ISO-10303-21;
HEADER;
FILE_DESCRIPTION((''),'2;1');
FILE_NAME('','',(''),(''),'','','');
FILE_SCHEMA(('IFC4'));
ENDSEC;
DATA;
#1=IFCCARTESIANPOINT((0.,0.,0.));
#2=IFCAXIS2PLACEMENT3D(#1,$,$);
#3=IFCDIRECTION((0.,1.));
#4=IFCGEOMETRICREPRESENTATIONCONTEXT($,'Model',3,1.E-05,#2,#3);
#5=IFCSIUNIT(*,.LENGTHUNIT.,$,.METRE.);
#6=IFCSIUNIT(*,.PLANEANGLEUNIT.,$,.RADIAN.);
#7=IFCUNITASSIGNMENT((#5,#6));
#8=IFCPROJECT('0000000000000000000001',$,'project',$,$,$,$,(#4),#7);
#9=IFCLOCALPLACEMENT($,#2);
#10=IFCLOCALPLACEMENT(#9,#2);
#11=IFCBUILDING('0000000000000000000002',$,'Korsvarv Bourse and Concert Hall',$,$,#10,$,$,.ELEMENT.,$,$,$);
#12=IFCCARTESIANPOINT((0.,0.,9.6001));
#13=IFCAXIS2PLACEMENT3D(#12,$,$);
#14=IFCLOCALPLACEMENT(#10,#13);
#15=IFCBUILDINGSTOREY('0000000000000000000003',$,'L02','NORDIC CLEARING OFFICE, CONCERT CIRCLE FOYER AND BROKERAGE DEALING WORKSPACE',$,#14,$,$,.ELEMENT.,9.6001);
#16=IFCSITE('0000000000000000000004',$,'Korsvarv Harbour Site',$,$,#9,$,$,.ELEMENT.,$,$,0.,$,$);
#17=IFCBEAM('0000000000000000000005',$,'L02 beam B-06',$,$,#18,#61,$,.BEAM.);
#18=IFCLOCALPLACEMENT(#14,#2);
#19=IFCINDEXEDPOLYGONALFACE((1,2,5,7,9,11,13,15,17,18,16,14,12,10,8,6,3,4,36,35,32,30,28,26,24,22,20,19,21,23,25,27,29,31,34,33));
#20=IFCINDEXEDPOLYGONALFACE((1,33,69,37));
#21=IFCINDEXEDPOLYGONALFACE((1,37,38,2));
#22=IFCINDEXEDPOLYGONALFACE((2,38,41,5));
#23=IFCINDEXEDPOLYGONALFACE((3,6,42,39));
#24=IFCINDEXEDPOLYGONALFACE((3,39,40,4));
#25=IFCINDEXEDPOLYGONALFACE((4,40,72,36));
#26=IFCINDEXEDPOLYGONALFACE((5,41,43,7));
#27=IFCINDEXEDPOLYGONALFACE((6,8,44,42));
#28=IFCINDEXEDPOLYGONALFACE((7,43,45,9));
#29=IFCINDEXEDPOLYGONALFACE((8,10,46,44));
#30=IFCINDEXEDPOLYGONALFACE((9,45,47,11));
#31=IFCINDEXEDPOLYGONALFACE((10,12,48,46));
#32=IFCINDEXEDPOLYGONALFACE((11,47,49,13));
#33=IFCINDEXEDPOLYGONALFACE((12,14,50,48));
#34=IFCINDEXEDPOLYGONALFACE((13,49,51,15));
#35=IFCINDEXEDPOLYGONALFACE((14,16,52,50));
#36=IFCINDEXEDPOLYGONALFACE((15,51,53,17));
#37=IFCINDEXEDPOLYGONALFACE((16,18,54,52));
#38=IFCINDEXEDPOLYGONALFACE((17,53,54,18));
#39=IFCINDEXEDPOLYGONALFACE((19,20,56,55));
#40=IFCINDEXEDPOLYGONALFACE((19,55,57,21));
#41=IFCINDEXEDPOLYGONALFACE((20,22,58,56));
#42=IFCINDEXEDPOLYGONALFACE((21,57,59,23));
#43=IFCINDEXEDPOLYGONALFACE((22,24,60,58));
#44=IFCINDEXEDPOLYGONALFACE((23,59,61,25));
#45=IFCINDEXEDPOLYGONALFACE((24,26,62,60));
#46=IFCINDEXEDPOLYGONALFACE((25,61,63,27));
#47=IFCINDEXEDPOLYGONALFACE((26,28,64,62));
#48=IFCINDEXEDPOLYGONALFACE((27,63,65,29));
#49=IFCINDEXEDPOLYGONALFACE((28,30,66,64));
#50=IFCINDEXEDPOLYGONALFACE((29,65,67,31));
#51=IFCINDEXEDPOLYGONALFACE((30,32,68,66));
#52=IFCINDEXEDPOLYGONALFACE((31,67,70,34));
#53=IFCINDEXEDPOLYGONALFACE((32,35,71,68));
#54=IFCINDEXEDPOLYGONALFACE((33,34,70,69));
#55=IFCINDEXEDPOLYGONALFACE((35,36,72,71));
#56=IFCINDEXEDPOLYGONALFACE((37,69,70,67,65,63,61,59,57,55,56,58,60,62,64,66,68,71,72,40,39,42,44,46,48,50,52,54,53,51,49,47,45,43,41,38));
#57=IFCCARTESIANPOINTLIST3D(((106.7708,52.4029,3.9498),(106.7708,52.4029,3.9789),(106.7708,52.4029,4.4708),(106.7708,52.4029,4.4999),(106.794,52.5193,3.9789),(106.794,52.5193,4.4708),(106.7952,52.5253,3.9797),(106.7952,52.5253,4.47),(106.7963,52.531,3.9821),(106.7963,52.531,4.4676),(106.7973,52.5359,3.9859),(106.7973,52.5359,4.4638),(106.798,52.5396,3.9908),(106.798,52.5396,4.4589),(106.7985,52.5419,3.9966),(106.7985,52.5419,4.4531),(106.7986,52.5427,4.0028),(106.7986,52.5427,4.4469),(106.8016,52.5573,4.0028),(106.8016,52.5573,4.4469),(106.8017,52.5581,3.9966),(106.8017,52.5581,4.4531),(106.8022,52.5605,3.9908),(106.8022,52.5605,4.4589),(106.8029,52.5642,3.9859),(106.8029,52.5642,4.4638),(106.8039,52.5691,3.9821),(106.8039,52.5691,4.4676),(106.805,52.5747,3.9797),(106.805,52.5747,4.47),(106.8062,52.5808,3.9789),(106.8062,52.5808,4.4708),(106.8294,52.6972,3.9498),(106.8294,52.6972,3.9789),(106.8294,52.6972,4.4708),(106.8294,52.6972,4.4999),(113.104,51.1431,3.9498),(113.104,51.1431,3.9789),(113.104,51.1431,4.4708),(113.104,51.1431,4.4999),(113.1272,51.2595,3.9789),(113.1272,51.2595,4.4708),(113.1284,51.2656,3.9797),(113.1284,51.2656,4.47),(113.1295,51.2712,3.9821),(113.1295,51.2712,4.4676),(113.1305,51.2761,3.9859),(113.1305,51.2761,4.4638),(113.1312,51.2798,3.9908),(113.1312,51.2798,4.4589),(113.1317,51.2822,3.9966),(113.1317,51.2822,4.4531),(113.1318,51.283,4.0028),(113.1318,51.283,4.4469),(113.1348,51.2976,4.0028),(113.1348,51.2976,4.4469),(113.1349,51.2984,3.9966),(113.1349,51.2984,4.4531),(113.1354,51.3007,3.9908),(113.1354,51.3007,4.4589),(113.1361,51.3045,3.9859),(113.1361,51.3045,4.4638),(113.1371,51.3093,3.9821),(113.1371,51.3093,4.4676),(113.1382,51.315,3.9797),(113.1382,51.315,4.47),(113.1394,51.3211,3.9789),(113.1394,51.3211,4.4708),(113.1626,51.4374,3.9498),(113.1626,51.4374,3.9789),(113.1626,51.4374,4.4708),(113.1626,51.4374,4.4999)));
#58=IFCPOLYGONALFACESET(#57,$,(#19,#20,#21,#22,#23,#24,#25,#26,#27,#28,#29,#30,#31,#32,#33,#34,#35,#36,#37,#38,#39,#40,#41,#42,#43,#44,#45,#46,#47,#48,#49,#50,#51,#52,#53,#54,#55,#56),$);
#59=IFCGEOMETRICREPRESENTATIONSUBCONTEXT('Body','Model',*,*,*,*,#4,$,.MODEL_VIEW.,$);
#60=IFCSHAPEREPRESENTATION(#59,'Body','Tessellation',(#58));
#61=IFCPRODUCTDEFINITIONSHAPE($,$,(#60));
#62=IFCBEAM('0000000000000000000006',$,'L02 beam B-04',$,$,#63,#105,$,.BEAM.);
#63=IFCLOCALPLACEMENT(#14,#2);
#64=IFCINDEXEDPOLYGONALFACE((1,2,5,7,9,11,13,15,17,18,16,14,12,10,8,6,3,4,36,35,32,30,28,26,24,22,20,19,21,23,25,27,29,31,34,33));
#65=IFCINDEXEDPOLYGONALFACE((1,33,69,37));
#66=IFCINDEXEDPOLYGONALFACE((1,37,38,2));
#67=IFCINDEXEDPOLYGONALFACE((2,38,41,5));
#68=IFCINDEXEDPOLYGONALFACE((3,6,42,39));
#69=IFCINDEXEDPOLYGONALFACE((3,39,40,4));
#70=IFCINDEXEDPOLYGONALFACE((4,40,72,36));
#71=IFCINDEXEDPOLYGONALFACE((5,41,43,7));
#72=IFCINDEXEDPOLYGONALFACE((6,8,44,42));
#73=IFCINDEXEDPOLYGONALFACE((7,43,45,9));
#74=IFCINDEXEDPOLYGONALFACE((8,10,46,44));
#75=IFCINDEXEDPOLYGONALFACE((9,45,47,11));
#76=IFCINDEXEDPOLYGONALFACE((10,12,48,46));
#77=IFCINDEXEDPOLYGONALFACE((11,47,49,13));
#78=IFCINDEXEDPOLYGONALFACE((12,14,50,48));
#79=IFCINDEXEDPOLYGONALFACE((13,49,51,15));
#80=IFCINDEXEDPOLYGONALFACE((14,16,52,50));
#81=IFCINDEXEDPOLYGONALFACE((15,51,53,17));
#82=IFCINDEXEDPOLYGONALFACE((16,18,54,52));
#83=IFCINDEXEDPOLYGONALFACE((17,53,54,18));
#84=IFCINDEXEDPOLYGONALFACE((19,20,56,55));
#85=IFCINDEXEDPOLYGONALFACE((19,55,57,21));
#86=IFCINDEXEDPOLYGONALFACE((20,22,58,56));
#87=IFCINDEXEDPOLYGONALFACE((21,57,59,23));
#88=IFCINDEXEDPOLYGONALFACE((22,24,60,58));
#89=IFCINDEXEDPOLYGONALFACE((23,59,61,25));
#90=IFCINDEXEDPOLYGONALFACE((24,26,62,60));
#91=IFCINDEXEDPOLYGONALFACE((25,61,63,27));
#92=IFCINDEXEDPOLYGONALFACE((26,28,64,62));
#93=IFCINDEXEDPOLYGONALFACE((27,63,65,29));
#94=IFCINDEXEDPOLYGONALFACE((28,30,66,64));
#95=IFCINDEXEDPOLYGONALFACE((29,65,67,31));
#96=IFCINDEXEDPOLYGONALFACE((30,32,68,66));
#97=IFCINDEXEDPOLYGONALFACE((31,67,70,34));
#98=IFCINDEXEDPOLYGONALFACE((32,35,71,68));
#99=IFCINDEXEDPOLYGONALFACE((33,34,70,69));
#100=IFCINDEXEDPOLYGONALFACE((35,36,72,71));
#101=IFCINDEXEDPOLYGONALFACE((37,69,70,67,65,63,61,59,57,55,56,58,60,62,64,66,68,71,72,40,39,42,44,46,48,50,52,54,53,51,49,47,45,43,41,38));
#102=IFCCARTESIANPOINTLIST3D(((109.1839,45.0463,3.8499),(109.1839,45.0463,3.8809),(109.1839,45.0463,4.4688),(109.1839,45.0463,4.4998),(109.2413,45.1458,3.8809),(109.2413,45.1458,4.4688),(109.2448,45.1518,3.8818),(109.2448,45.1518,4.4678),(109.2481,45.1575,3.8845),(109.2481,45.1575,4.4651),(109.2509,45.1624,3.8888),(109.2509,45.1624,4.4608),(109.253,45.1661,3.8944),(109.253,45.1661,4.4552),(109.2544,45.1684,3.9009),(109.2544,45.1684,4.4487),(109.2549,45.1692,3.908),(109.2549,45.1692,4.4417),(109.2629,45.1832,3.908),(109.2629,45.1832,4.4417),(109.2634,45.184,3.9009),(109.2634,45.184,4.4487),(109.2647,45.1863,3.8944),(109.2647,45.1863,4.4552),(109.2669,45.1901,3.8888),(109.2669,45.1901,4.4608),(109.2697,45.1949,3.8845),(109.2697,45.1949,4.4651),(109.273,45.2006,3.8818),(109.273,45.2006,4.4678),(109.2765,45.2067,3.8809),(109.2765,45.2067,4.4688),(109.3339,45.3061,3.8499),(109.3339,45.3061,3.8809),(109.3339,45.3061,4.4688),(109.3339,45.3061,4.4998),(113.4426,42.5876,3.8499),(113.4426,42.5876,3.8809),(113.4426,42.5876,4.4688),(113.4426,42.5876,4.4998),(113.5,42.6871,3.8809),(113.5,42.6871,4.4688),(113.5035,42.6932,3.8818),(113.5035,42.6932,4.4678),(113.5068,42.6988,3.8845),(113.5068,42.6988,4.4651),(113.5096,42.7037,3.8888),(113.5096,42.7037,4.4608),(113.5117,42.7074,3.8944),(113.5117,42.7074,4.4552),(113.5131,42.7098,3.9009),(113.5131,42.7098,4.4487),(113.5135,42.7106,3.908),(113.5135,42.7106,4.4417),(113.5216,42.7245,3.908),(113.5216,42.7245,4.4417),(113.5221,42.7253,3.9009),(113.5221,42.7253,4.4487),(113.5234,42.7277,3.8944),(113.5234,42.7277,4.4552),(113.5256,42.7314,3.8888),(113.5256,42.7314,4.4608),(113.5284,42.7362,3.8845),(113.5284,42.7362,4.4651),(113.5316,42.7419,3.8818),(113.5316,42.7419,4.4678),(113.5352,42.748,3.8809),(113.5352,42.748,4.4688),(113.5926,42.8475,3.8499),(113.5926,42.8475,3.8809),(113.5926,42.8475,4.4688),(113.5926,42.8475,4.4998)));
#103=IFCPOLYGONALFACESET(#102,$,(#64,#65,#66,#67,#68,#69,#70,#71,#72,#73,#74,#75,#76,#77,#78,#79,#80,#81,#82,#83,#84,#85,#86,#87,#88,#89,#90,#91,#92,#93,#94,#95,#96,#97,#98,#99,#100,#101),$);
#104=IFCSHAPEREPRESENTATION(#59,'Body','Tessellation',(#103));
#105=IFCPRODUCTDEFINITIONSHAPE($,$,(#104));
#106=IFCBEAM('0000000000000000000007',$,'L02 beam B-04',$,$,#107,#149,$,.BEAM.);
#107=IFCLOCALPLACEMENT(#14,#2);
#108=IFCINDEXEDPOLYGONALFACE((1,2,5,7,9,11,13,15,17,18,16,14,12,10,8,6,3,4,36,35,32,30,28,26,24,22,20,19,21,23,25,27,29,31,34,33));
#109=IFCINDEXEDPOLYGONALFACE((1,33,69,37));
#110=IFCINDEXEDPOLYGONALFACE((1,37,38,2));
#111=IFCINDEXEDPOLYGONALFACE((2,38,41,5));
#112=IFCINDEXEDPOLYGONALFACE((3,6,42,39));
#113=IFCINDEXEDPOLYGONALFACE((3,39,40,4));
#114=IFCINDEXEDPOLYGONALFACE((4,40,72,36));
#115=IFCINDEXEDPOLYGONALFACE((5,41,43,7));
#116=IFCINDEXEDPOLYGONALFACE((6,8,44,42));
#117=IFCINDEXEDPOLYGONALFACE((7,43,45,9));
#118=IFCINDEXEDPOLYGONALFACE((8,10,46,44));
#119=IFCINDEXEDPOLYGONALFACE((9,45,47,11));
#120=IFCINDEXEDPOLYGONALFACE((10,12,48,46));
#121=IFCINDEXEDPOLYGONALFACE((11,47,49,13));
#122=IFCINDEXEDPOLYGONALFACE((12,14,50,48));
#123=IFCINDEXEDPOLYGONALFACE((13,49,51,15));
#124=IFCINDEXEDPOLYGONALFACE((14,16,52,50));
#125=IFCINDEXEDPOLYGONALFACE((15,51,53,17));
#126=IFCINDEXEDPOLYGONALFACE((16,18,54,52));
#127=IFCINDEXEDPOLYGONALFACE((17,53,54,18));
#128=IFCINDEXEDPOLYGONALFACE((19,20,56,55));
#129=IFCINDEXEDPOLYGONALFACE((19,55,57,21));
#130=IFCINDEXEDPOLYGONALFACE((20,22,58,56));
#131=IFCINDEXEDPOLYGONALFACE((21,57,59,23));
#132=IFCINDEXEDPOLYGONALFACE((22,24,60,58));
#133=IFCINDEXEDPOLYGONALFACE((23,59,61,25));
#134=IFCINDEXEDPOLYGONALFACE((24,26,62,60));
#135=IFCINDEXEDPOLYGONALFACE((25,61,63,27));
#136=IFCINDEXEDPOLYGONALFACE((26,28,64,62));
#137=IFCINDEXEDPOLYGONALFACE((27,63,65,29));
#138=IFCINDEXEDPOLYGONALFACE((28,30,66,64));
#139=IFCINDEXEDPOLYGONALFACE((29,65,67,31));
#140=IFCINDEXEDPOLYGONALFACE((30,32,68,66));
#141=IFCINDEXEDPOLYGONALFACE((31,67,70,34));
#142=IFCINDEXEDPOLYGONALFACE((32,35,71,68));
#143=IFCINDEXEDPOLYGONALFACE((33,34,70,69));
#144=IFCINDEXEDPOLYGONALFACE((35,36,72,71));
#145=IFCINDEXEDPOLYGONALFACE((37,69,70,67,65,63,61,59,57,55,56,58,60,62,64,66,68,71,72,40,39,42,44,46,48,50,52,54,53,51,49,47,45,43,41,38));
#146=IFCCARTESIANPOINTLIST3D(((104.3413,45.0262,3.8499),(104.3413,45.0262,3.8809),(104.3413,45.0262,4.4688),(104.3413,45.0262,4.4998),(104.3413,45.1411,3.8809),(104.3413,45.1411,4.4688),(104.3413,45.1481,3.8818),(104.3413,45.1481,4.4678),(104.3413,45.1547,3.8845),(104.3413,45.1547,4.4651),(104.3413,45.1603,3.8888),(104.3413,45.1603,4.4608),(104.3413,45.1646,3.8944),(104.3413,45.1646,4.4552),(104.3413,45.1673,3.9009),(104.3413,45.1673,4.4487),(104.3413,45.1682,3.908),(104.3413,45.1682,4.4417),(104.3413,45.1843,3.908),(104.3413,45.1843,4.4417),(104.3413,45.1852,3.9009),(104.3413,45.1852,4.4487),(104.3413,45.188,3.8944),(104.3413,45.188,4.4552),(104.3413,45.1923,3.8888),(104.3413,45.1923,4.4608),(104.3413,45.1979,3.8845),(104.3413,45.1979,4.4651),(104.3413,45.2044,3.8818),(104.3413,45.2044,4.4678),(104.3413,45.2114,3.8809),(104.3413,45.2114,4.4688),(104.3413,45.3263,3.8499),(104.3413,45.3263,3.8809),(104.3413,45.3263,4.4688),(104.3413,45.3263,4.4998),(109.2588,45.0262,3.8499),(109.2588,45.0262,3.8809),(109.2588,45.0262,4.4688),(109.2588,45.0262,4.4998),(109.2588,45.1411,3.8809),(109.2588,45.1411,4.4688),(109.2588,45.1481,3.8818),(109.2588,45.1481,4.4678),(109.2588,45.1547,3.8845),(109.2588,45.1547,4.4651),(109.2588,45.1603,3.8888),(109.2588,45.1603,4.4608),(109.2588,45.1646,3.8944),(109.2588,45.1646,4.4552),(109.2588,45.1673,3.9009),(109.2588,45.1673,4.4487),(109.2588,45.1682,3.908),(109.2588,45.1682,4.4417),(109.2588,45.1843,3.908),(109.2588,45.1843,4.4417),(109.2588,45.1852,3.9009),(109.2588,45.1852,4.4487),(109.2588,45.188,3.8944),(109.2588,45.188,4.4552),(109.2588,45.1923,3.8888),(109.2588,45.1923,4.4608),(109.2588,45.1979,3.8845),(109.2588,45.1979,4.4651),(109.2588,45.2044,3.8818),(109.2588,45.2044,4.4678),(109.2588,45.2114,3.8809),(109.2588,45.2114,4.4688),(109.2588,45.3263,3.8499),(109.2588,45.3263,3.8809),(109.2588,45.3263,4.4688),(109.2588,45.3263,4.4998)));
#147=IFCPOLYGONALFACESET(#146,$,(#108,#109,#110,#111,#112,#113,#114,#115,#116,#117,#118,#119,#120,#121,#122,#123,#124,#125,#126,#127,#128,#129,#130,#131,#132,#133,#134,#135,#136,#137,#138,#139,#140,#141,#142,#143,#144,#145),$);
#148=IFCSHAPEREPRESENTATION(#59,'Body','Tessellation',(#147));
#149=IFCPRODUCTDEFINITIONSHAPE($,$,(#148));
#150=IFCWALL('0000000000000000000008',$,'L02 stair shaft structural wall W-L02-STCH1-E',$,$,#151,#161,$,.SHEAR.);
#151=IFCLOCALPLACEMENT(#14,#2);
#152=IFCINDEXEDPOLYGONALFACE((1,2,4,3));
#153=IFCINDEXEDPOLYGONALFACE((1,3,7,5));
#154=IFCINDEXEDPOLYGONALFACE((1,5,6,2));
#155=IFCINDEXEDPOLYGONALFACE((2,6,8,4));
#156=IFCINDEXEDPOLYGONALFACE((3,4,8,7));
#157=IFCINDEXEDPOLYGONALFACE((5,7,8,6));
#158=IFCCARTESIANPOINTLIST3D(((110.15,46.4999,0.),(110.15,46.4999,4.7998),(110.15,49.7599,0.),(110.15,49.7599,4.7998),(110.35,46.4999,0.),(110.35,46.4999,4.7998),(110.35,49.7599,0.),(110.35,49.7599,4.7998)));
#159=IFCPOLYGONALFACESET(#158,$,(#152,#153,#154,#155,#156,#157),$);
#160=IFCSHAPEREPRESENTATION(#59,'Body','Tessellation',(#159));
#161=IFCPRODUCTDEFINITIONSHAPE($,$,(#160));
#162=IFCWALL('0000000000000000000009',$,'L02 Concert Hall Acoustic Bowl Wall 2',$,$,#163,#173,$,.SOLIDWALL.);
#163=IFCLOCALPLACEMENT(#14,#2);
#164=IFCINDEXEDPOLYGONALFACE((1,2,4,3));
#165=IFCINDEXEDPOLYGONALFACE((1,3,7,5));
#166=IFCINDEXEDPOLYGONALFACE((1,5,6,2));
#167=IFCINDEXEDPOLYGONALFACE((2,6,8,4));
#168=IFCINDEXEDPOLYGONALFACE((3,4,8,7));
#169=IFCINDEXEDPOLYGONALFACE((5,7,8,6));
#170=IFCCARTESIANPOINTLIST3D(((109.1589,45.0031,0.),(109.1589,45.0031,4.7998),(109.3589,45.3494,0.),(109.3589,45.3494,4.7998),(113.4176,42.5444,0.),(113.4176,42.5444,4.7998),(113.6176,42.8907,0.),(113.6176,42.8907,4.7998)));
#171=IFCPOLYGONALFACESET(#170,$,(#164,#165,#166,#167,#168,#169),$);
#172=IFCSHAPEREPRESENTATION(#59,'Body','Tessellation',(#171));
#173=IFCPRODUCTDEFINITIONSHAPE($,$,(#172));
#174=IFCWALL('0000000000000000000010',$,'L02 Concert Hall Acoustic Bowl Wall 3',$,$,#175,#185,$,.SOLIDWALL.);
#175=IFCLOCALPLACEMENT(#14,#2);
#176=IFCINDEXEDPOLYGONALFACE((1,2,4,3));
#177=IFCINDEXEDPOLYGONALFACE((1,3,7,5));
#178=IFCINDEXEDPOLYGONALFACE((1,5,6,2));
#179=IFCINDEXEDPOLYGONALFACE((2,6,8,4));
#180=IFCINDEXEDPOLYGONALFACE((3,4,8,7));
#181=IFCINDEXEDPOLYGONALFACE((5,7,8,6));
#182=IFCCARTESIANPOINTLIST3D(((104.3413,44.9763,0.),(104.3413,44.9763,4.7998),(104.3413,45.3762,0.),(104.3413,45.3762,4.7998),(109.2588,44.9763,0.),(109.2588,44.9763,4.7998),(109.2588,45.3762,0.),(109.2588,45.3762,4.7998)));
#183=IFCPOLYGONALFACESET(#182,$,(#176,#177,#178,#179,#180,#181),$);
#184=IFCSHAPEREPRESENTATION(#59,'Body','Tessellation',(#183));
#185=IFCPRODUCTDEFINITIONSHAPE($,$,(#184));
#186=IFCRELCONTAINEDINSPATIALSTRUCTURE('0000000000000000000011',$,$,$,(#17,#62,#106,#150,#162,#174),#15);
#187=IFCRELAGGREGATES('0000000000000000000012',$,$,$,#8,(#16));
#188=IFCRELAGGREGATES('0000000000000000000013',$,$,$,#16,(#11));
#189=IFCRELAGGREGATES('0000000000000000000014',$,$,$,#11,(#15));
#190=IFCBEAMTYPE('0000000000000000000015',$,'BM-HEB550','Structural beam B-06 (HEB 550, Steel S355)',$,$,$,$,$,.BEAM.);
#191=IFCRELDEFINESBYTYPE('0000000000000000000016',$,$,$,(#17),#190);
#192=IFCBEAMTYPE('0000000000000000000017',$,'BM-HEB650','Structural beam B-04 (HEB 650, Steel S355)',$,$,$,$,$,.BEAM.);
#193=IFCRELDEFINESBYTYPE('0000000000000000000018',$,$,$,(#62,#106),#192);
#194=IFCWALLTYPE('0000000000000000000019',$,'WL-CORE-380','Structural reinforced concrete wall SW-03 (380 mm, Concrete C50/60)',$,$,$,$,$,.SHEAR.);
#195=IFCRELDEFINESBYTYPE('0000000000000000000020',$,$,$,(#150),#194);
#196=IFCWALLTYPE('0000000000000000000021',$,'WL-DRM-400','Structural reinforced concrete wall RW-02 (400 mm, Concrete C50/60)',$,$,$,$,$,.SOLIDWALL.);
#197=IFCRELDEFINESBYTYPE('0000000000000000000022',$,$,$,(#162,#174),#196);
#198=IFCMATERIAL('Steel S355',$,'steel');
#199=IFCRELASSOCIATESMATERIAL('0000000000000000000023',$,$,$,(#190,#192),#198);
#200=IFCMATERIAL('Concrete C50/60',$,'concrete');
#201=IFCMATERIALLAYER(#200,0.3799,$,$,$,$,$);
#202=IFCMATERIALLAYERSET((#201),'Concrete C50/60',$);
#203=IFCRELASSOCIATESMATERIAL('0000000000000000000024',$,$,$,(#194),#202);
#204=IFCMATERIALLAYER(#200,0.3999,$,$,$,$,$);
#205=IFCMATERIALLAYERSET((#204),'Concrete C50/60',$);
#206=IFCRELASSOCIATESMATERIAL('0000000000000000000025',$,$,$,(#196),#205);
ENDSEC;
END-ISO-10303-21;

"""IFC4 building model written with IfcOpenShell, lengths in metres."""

from ifc_helpers import new_model, si_unit, direction, frame, frame_2d, origin, origin_2d, place, context, subcontext, project, spatial, rectangle, i_section, extrude, source, transform, mapped, material, layer, layer_set, material_profile, profile_set, type_object, element, save


model = new_model("IFC4")

# Units and contexts
model_context = context("Model", 3, precision=1e-05, world=origin(), true_north=direction((0.0, 1.0)))
body_context = subcontext(model_context, "Body", "Model", "MODEL_VIEW")
ifc_project = project(units=[si_unit("LENGTHUNIT", "METRE"), si_unit("PLANEANGLEUNIT", "RADIAN")], contexts=[model_context])

# Site, building, storey
site_placement = place(None, origin())
site = spatial("IfcSite", under=ifc_project, at=site_placement, Name="Korsvarv Harbour Site", CompositionType="ELEMENT", RefElevation=0.0)
building_placement = place(site_placement, origin())
building = spatial("IfcBuilding", under=site, at=building_placement, Name="Korsvarv Bourse and Concert Hall", CompositionType="ELEMENT")
storey_placement = place(building_placement, frame((0.0, 0.0, 9.6001)))
storey = spatial("IfcBuildingStorey", under=building, at=storey_placement, Name="L02", Description="NORDIC CLEARING OFFICE, CONCERT CIRCLE FOYER AND BROKERAGE DEALING WORKSPACE", CompositionType="ELEMENT", Elevation=9.6001)

# Shared definitions
ifc_material_1 = material(Name="Concrete C50/60", Category="concrete")

# Beams
ifc_material_2 = material(Name="Steel S355", Category="steel")
ifc_material_profile_1 = material_profile(ifc_material_2, i_section(OverallWidth=0.3, OverallDepth=0.55, WebThickness=0.0149, FlangeThickness=0.0291, FilletRadius=0.0239, at=origin_2d()), Name="HEB 550")
ifc_profile_set_1 = profile_set([ifc_material_profile_1], Name="Steel S355")
beam_type_1 = type_object("IfcBeamType", Name="BM-HEB550", Description="Structural beam B-06 (HEB 550, Steel S355)", PredefinedType="BEAM", material=ifc_profile_set_1)
shared_shape_1 = source(origin(), body_context, "Body", "SweptSolid", [
    extrude(i_section(OverallWidth=0.3, OverallDepth=0.55, WebThickness=0.0149, FlangeThickness=0.0291, FilletRadius=0.0239, at=origin_2d()), origin(), (0.0, 0.0, 1.0), 6.4573),
])
beam_1_placement = place(storey_placement, frame((113.1333, 51.2903, 4.2249), z_axis=(-0.980785, 0.195091, 0.0), x_axis=(-0.195091, -0.980785, 0.0)))
element("IfcBeam", 1, at=beam_1_placement, inside=storey, type_object=beam_type_1, Name="L02 beam B-06", PredefinedType="BEAM", context=body_context, shape_type="MappedRepresentation", body=[
    mapped(shared_shape_1, transform((0.0, 0.0, 0.0), scale=1.0)),
])
ifc_material_profile_2 = material_profile(ifc_material_2, i_section(OverallWidth=0.3, OverallDepth=0.6499, WebThickness=0.0161, FlangeThickness=0.031, FilletRadius=0.0271, at=origin_2d()), Name="HEB 650")
ifc_profile_set_2 = profile_set([ifc_material_profile_2], Name="Steel S355")
beam_type_2 = type_object("IfcBeamType", Name="BM-HEB650", Description="Structural beam B-04 (HEB 650, Steel S355)", PredefinedType="BEAM", material=ifc_profile_set_2)
shared_shape_2 = source(origin(), body_context, "Body", "SweptSolid", [
    extrude(i_section(OverallWidth=0.3, OverallDepth=0.6499, WebThickness=0.0161, FlangeThickness=0.031, FilletRadius=0.0271, at=origin_2d()), origin(), (0.0, 0.0, 1.0), 4.9175),
])
for number, where, z_axis, x_axis, name in (
    (2, (113.5176, 42.7175, 4.1748), (-0.866032, 0.499989, 0.0), (-0.499989, -0.866032, 0.0), "L02 beam B-04"),
    (3, (109.2588, 45.1763, 4.1748), (-1.0, 0.0, 0.0), (0.0, -1.0, 0.0), "L02 beam B-04"),
):
    element("IfcBeam", number, at=place(storey_placement, frame(where, z_axis=z_axis, x_axis=x_axis)), inside=storey, type_object=beam_type_2, Name=name, PredefinedType="BEAM", context=body_context, shape_type="MappedRepresentation", body=[
        mapped(shared_shape_2, transform((0.0, 0.0, 0.0), scale=1.0)),
    ])

# Walls
ifc_layer_1 = layer(ifc_material_1, 0.3799)
ifc_layer_set_1 = layer_set([ifc_layer_1], Name="Concrete C50/60")
wall_type_1 = type_object("IfcWallType", Name="WL-CORE-380", Description="Structural reinforced concrete wall SW-03 (380 mm, Concrete C50/60)", PredefinedType="SHEAR", material=ifc_layer_set_1)
wall_1_placement = place(storey_placement, frame((110.25, 46.5, 0.0), z_axis=(0.0, 0.0, 1.0), x_axis=(0.0, 1.0, 0.0)))
element("IfcWall", 4, at=wall_1_placement, inside=storey, type_object=wall_type_1, Name="L02 stair shaft structural wall W-L02-STCH1-E", PredefinedType="SHEAR", context=body_context, shape_type="SweptSolid", body=[
    extrude(rectangle(XDim=3.26, YDim=0.2, at=frame_2d((1.6299, 0.0))), origin(), (0.0, 0.0, 1.0), 4.7998),
])
ifc_layer_2 = layer(ifc_material_1, 0.3999)
ifc_layer_set_2 = layer_set([ifc_layer_2], Name="Concrete C50/60")
wall_type_2 = type_object("IfcWallType", Name="WL-DRM-400", Description="Structural reinforced concrete wall RW-02 (400 mm, Concrete C50/60)", PredefinedType="SOLIDWALL", material=ifc_layer_set_2)
for number, where, z_axis, x_axis, name in (
    (5, (113.5176, 42.7175, 0.0), (0.0, 0.0, 1.0), (-0.866032, 0.499989, 0.0), "L02 Concert Hall Acoustic Bowl Wall 2"),
    (6, (109.2588, 45.1763, 0.0), (0.0, 0.0, 1.0), (-1.0, 0.0, 0.0), "L02 Concert Hall Acoustic Bowl Wall 3"),
):
    element("IfcWall", number, at=place(storey_placement, frame(where, z_axis=z_axis, x_axis=x_axis)), inside=storey, type_object=wall_type_2, Name=name, PredefinedType="SOLIDWALL", context=body_context, shape_type="SweptSolid", body=[
        extrude(rectangle(XDim=4.9175, YDim=0.3999, at=frame_2d((2.4587, 0.0))), origin(), (0.0, 0.0, 1.0), 4.7998),
    ])

save(model, "model.ifc")
